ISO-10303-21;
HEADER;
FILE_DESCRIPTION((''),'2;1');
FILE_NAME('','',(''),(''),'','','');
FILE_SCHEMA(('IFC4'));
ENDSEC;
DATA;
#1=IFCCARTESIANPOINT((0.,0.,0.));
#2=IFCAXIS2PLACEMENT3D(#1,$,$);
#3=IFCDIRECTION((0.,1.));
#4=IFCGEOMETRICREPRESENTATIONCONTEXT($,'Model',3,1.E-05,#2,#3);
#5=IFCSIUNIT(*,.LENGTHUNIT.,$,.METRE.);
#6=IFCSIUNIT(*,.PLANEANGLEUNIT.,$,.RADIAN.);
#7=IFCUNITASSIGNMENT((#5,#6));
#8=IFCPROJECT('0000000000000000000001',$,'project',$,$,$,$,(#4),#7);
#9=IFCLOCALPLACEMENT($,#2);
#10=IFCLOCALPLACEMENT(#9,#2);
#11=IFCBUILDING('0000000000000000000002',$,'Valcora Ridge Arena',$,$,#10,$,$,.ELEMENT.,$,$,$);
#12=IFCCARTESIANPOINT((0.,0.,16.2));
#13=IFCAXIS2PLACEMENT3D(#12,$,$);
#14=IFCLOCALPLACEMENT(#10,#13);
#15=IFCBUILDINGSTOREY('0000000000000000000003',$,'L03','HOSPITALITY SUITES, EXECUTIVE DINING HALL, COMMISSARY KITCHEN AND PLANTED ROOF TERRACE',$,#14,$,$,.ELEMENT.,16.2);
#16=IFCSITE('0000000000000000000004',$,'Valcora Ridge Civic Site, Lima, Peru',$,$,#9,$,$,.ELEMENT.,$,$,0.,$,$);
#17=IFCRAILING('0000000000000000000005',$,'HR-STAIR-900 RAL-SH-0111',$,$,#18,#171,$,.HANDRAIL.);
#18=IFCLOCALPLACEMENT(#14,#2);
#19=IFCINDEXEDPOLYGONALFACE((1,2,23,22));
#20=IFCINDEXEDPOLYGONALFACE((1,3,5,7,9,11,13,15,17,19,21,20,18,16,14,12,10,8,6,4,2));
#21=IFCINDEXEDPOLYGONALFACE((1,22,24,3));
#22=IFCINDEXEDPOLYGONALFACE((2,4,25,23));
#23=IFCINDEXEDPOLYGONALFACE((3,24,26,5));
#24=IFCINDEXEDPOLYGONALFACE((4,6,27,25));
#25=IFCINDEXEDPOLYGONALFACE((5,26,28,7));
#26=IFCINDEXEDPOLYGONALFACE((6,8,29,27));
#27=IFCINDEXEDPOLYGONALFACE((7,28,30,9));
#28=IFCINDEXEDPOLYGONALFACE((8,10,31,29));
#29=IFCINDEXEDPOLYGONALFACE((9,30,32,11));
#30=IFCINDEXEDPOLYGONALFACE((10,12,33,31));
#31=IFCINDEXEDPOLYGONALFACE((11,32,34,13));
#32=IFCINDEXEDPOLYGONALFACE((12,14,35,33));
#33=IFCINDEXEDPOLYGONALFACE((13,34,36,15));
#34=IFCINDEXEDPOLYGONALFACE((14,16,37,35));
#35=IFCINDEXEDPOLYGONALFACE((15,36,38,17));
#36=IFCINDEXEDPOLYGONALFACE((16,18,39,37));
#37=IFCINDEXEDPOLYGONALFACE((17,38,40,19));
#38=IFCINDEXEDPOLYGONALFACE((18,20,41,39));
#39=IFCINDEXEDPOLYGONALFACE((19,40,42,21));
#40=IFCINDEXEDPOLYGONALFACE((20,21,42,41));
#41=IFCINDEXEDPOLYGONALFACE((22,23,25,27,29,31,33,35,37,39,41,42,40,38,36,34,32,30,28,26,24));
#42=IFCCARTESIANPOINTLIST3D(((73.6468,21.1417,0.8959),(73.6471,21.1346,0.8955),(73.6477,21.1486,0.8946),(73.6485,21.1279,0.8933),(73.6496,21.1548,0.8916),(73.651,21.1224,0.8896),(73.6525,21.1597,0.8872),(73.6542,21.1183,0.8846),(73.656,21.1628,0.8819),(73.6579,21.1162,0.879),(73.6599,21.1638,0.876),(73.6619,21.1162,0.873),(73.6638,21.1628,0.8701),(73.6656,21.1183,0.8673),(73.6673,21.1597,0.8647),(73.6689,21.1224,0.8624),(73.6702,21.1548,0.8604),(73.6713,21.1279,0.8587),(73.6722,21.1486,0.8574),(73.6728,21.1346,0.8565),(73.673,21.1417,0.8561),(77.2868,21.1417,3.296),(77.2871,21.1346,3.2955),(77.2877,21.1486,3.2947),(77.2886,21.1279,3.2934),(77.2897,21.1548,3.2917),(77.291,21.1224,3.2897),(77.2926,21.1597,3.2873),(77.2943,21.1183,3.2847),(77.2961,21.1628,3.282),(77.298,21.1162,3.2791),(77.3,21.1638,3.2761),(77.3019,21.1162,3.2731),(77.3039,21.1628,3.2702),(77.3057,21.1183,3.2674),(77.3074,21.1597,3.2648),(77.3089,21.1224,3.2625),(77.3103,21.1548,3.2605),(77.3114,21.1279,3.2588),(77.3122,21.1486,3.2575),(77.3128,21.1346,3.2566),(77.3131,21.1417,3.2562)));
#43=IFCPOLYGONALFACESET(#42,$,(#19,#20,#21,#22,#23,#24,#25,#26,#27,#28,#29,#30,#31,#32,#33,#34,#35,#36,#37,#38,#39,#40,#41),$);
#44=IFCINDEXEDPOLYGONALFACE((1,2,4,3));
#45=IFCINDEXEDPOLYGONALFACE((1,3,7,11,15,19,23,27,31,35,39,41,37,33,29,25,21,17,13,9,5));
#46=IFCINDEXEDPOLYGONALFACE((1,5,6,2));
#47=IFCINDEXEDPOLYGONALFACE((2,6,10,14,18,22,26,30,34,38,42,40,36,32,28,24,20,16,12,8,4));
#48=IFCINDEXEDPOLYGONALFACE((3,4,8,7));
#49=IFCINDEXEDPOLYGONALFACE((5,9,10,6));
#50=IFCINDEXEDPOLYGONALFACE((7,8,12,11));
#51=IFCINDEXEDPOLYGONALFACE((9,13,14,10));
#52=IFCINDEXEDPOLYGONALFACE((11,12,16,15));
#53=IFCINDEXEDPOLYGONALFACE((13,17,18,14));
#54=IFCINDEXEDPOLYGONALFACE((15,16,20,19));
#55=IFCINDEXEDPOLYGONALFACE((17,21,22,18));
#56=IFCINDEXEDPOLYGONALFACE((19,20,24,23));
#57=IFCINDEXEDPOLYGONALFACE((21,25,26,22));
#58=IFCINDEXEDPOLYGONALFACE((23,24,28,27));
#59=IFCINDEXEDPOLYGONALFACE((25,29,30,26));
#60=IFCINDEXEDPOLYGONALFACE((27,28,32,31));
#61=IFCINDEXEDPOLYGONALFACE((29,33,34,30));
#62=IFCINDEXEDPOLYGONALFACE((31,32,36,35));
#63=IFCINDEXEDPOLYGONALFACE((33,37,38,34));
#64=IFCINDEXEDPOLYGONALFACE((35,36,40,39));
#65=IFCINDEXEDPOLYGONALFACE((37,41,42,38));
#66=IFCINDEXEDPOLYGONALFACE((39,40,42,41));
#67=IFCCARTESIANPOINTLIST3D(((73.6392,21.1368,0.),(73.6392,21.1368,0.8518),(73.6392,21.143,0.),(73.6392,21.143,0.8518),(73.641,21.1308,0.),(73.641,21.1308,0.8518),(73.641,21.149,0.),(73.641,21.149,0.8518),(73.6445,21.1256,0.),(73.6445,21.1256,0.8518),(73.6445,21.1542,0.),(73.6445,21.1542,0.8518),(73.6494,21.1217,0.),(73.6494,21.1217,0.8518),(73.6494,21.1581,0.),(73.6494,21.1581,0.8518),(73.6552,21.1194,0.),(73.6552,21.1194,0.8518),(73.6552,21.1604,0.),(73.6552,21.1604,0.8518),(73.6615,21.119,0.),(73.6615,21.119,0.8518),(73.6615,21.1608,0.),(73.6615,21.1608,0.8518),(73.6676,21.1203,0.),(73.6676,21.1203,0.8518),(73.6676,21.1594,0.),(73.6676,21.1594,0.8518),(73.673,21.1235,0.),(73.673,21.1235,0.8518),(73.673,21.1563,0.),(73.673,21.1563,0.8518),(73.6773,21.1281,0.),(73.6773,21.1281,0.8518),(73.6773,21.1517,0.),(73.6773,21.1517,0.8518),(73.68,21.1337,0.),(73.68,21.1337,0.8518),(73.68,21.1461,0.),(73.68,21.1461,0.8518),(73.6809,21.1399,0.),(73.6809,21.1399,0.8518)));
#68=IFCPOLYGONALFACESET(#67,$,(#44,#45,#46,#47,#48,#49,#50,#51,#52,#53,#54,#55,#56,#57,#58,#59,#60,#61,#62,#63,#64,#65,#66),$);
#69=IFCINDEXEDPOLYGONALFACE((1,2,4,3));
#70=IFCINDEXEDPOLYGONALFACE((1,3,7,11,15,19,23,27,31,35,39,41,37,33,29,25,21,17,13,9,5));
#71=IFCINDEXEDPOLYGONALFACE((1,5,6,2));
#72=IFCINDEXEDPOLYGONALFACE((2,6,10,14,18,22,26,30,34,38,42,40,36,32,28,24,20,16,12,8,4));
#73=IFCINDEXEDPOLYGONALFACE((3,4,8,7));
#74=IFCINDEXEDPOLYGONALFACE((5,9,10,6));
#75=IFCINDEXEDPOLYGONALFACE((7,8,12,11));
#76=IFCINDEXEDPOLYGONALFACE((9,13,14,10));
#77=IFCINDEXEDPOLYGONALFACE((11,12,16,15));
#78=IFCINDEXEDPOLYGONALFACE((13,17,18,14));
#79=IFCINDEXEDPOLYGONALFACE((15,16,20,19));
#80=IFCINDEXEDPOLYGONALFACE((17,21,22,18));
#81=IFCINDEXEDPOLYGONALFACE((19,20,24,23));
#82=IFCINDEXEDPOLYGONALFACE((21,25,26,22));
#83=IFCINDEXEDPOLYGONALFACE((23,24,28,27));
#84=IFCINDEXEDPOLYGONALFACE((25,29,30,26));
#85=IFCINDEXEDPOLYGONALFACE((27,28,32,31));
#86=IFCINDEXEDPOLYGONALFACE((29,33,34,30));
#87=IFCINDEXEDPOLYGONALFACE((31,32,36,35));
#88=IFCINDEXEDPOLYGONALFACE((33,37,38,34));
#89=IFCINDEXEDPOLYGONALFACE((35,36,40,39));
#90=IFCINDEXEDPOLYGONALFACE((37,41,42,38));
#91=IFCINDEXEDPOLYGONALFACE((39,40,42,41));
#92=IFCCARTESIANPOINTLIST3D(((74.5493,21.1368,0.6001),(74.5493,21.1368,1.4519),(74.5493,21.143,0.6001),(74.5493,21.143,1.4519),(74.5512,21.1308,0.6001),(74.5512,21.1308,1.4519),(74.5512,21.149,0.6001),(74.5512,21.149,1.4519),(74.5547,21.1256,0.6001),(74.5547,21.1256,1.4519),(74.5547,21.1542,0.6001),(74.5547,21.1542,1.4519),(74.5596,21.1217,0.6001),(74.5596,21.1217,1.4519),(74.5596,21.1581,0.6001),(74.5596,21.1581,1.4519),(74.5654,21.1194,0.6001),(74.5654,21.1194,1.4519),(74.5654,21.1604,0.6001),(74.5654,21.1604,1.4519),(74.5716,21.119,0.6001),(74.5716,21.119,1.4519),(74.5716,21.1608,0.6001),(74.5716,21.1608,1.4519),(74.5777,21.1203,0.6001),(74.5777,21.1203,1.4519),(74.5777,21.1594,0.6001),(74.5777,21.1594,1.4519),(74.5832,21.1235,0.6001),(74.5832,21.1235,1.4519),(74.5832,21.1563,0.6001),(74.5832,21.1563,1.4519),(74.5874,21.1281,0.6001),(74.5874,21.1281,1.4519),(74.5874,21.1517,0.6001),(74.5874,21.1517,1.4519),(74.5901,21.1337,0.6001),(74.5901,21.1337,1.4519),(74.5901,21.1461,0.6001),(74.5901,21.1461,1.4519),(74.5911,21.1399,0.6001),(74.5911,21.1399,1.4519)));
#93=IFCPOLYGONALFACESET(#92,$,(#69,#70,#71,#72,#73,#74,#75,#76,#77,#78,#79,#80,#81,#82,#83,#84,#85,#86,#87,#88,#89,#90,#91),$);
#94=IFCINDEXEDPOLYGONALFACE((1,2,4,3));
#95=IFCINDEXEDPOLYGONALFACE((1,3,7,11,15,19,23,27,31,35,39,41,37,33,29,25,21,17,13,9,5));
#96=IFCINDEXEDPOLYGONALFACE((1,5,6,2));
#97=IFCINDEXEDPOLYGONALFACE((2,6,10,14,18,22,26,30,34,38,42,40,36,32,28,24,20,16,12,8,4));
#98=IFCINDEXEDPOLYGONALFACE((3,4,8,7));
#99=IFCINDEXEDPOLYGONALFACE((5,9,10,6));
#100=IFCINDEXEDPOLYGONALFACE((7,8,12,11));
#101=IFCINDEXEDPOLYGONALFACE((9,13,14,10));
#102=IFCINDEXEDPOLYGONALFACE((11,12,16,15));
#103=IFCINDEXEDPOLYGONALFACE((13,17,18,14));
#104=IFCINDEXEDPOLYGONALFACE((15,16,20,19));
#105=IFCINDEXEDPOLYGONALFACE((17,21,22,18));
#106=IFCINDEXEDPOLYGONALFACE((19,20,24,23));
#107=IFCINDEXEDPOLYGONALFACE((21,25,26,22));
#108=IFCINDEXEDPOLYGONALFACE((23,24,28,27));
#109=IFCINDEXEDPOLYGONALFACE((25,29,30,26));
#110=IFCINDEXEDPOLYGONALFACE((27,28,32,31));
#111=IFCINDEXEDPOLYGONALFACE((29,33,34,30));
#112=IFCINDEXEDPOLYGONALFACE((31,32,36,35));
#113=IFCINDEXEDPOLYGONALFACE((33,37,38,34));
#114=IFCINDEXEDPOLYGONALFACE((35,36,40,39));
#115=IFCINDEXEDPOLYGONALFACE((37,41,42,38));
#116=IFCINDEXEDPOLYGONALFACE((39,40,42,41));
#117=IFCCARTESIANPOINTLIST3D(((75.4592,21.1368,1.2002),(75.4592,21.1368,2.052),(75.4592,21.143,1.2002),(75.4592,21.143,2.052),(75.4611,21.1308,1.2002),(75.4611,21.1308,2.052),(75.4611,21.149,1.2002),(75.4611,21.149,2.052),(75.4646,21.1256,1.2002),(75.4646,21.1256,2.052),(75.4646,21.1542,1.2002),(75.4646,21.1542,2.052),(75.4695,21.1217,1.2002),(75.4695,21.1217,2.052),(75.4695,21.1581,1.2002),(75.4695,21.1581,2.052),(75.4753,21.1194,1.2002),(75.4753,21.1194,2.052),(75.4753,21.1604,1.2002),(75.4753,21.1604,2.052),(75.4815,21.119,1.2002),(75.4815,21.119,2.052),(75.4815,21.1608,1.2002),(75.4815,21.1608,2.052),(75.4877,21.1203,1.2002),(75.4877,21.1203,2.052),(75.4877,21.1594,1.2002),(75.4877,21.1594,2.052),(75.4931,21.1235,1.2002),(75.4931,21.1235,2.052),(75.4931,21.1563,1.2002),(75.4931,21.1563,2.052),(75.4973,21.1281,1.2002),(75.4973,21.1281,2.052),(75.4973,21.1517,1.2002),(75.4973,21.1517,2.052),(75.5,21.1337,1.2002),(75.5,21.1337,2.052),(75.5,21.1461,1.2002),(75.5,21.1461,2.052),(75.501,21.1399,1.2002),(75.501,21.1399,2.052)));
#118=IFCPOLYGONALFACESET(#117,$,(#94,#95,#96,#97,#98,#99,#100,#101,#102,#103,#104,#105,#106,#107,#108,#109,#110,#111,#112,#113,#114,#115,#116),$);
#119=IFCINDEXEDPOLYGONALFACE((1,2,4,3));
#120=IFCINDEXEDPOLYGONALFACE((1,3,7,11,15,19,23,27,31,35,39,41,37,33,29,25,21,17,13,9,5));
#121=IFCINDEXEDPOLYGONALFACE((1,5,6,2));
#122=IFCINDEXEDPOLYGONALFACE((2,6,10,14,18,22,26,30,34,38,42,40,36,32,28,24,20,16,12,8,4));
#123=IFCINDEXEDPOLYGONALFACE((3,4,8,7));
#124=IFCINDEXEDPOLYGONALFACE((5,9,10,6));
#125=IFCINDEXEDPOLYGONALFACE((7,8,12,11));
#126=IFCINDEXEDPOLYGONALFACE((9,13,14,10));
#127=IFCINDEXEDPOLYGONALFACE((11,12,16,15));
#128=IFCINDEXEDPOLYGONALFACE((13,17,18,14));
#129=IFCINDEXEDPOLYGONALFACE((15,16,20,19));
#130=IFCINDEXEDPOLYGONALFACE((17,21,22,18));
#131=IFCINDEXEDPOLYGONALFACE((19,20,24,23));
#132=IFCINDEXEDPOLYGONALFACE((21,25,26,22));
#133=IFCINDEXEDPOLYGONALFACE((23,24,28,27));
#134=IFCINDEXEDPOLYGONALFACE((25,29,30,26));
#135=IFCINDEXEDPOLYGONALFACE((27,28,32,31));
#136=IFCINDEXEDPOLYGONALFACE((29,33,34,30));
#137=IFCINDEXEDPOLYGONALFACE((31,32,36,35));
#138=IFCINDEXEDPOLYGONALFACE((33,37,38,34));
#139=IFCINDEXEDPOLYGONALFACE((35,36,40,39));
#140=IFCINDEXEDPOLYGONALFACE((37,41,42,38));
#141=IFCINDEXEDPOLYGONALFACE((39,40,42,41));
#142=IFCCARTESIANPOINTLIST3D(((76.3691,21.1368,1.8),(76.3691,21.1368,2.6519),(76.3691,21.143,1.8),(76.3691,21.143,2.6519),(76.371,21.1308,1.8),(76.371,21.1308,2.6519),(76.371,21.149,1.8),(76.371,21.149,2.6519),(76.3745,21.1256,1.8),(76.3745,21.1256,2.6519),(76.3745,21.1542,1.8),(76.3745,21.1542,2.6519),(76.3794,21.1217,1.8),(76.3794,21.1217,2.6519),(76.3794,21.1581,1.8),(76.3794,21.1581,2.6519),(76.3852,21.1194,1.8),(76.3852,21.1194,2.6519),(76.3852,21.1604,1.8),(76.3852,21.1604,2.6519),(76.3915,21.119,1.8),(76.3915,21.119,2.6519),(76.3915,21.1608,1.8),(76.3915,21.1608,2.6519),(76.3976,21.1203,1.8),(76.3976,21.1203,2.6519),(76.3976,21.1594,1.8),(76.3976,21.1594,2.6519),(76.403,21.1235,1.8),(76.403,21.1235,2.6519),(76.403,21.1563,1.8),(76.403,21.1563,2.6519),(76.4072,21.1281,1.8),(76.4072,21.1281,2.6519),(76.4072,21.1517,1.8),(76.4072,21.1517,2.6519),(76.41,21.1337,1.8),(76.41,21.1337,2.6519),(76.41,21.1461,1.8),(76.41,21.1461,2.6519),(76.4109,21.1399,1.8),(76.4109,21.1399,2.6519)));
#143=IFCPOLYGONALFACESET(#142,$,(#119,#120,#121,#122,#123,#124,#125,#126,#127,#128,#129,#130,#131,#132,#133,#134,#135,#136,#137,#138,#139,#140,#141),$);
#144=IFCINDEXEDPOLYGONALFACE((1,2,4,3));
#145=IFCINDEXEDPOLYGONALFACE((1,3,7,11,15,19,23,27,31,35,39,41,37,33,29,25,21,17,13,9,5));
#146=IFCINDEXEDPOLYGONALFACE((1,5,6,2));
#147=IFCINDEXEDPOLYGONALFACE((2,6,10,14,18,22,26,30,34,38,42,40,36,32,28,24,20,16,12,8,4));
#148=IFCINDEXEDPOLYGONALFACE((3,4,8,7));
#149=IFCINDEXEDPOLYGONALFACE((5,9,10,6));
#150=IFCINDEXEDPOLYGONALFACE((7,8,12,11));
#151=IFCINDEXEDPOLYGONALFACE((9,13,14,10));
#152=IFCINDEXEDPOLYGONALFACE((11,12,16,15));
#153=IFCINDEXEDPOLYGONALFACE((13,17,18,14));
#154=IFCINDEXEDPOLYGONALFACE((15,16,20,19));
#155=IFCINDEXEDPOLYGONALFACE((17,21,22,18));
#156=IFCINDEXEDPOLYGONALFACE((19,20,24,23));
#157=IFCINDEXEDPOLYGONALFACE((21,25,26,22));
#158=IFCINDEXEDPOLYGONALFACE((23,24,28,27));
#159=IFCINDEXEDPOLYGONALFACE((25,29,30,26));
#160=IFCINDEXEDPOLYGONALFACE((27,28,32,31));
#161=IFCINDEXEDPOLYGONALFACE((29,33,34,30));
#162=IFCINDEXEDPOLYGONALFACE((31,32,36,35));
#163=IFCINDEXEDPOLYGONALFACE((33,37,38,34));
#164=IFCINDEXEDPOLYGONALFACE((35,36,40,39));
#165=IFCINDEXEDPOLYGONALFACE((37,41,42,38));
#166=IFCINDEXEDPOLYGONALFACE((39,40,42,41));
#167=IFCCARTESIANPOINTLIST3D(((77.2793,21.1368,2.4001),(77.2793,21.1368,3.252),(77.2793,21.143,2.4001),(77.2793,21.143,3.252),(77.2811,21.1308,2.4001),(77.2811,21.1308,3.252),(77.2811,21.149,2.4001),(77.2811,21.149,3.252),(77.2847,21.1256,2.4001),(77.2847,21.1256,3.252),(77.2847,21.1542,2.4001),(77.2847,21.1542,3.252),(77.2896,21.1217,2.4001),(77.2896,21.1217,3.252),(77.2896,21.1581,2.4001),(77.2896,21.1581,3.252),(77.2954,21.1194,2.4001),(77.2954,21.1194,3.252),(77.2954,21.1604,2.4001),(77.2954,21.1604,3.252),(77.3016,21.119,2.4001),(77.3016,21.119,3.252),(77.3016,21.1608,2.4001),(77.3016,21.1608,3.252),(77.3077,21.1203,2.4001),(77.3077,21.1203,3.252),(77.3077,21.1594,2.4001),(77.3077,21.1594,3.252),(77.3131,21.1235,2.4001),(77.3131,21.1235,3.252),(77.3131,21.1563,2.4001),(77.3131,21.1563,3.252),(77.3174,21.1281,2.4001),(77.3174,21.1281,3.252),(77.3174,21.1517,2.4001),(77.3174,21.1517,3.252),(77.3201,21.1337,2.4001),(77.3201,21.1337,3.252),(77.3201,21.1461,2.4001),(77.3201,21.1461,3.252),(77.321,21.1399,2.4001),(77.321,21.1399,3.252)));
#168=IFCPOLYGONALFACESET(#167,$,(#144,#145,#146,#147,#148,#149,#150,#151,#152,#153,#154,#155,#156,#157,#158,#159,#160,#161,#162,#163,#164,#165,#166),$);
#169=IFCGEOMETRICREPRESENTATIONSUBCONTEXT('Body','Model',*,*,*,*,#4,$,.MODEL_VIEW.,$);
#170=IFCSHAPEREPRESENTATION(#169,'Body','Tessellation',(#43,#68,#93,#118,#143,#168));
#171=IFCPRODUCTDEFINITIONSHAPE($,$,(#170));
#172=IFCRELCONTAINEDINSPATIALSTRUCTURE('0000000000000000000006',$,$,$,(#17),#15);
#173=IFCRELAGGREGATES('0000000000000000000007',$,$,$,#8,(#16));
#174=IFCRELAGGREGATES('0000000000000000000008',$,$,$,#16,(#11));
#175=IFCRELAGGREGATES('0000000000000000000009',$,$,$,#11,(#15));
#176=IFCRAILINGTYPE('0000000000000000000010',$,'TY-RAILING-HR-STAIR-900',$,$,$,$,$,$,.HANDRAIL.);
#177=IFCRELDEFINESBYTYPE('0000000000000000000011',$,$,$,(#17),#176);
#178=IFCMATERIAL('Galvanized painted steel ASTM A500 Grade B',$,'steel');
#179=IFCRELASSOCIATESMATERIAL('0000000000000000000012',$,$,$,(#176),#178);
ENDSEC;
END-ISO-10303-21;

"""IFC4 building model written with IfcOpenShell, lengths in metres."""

from ifc_helpers import new_model, si_unit, direction, frame, origin, origin_2d, place, context, subcontext, project, spatial, circle, extrude, material, type_object, element, save


model = new_model("IFC4")

# Units and contexts
model_context = context("Model", 3, precision=1e-05, world=origin(), true_north=direction((0.0, 1.0)))
body_context = subcontext(model_context, "Body", "Model", "MODEL_VIEW")
ifc_project = project(units=[si_unit("LENGTHUNIT", "METRE"), si_unit("PLANEANGLEUNIT", "RADIAN")], contexts=[model_context])

# Site, building, storey
site_placement = place(None, origin())
site = spatial("IfcSite", under=ifc_project, at=site_placement, Name="Valcora Ridge Civic Site, Lima, Peru", CompositionType="ELEMENT", RefElevation=0.0)
building_placement = place(site_placement, origin())
building = spatial("IfcBuilding", under=site, at=building_placement, Name="Valcora Ridge Arena", CompositionType="ELEMENT")
storey_placement = place(building_placement, frame((0.0, 0.0, 16.2)))
storey = spatial("IfcBuildingStorey", under=building, at=storey_placement, Name="L03", Description="HOSPITALITY SUITES, EXECUTIVE DINING HALL, COMMISSARY KITCHEN AND PLANTED ROOF TERRACE", CompositionType="ELEMENT", Elevation=16.2)

# Railing
ifc_material_1 = material(Name="Galvanized painted steel ASTM A500 Grade B", Category="steel")
railing_type_1 = type_object("IfcRailingType", Name="TY-RAILING-HR-STAIR-900", PredefinedType="HANDRAIL", material=ifc_material_1)
railing_1_placement = place(storey_placement, frame((73.6599, 21.1399, 0.0)))
element("IfcRailing", 1, at=railing_1_placement, inside=storey, type_object=railing_type_1, Name="HR-STAIR-900 RAL-SH-0111", PredefinedType="HANDRAIL", context=body_context, shape_type="SweptSolid", body=[
    extrude(circle(Radius=0.0239, at=origin_2d()), frame((0.0, 0.0, 0.876), z_axis=(0.834856, 0.0, 0.550468), x_axis=(0.0, 1.0, 0.0)), (0.0, 0.0, 1.0), 4.3601),
    extrude(circle(Radius=0.021, at=origin_2d()), origin(), (0.0, 0.0, 1.0), 0.8518),
    extrude(circle(Radius=0.021, at=origin_2d()), frame((0.9102, 0.0, 0.6001)), (0.0, 0.0, 1.0), 0.8518),
    extrude(circle(Radius=0.021, at=origin_2d()), frame((1.8201, 0.0, 1.2002)), (0.0, 0.0, 1.0), 0.8518),
    extrude(circle(Radius=0.021, at=origin_2d()), frame((2.73, 0.0, 1.8)), (0.0, 0.0, 1.0), 0.8518),
    extrude(circle(Radius=0.021, at=origin_2d()), frame((3.6401, 0.0, 2.4001)), (0.0, 0.0, 1.0), 0.8518),
])

save(model, "model.ifc")
